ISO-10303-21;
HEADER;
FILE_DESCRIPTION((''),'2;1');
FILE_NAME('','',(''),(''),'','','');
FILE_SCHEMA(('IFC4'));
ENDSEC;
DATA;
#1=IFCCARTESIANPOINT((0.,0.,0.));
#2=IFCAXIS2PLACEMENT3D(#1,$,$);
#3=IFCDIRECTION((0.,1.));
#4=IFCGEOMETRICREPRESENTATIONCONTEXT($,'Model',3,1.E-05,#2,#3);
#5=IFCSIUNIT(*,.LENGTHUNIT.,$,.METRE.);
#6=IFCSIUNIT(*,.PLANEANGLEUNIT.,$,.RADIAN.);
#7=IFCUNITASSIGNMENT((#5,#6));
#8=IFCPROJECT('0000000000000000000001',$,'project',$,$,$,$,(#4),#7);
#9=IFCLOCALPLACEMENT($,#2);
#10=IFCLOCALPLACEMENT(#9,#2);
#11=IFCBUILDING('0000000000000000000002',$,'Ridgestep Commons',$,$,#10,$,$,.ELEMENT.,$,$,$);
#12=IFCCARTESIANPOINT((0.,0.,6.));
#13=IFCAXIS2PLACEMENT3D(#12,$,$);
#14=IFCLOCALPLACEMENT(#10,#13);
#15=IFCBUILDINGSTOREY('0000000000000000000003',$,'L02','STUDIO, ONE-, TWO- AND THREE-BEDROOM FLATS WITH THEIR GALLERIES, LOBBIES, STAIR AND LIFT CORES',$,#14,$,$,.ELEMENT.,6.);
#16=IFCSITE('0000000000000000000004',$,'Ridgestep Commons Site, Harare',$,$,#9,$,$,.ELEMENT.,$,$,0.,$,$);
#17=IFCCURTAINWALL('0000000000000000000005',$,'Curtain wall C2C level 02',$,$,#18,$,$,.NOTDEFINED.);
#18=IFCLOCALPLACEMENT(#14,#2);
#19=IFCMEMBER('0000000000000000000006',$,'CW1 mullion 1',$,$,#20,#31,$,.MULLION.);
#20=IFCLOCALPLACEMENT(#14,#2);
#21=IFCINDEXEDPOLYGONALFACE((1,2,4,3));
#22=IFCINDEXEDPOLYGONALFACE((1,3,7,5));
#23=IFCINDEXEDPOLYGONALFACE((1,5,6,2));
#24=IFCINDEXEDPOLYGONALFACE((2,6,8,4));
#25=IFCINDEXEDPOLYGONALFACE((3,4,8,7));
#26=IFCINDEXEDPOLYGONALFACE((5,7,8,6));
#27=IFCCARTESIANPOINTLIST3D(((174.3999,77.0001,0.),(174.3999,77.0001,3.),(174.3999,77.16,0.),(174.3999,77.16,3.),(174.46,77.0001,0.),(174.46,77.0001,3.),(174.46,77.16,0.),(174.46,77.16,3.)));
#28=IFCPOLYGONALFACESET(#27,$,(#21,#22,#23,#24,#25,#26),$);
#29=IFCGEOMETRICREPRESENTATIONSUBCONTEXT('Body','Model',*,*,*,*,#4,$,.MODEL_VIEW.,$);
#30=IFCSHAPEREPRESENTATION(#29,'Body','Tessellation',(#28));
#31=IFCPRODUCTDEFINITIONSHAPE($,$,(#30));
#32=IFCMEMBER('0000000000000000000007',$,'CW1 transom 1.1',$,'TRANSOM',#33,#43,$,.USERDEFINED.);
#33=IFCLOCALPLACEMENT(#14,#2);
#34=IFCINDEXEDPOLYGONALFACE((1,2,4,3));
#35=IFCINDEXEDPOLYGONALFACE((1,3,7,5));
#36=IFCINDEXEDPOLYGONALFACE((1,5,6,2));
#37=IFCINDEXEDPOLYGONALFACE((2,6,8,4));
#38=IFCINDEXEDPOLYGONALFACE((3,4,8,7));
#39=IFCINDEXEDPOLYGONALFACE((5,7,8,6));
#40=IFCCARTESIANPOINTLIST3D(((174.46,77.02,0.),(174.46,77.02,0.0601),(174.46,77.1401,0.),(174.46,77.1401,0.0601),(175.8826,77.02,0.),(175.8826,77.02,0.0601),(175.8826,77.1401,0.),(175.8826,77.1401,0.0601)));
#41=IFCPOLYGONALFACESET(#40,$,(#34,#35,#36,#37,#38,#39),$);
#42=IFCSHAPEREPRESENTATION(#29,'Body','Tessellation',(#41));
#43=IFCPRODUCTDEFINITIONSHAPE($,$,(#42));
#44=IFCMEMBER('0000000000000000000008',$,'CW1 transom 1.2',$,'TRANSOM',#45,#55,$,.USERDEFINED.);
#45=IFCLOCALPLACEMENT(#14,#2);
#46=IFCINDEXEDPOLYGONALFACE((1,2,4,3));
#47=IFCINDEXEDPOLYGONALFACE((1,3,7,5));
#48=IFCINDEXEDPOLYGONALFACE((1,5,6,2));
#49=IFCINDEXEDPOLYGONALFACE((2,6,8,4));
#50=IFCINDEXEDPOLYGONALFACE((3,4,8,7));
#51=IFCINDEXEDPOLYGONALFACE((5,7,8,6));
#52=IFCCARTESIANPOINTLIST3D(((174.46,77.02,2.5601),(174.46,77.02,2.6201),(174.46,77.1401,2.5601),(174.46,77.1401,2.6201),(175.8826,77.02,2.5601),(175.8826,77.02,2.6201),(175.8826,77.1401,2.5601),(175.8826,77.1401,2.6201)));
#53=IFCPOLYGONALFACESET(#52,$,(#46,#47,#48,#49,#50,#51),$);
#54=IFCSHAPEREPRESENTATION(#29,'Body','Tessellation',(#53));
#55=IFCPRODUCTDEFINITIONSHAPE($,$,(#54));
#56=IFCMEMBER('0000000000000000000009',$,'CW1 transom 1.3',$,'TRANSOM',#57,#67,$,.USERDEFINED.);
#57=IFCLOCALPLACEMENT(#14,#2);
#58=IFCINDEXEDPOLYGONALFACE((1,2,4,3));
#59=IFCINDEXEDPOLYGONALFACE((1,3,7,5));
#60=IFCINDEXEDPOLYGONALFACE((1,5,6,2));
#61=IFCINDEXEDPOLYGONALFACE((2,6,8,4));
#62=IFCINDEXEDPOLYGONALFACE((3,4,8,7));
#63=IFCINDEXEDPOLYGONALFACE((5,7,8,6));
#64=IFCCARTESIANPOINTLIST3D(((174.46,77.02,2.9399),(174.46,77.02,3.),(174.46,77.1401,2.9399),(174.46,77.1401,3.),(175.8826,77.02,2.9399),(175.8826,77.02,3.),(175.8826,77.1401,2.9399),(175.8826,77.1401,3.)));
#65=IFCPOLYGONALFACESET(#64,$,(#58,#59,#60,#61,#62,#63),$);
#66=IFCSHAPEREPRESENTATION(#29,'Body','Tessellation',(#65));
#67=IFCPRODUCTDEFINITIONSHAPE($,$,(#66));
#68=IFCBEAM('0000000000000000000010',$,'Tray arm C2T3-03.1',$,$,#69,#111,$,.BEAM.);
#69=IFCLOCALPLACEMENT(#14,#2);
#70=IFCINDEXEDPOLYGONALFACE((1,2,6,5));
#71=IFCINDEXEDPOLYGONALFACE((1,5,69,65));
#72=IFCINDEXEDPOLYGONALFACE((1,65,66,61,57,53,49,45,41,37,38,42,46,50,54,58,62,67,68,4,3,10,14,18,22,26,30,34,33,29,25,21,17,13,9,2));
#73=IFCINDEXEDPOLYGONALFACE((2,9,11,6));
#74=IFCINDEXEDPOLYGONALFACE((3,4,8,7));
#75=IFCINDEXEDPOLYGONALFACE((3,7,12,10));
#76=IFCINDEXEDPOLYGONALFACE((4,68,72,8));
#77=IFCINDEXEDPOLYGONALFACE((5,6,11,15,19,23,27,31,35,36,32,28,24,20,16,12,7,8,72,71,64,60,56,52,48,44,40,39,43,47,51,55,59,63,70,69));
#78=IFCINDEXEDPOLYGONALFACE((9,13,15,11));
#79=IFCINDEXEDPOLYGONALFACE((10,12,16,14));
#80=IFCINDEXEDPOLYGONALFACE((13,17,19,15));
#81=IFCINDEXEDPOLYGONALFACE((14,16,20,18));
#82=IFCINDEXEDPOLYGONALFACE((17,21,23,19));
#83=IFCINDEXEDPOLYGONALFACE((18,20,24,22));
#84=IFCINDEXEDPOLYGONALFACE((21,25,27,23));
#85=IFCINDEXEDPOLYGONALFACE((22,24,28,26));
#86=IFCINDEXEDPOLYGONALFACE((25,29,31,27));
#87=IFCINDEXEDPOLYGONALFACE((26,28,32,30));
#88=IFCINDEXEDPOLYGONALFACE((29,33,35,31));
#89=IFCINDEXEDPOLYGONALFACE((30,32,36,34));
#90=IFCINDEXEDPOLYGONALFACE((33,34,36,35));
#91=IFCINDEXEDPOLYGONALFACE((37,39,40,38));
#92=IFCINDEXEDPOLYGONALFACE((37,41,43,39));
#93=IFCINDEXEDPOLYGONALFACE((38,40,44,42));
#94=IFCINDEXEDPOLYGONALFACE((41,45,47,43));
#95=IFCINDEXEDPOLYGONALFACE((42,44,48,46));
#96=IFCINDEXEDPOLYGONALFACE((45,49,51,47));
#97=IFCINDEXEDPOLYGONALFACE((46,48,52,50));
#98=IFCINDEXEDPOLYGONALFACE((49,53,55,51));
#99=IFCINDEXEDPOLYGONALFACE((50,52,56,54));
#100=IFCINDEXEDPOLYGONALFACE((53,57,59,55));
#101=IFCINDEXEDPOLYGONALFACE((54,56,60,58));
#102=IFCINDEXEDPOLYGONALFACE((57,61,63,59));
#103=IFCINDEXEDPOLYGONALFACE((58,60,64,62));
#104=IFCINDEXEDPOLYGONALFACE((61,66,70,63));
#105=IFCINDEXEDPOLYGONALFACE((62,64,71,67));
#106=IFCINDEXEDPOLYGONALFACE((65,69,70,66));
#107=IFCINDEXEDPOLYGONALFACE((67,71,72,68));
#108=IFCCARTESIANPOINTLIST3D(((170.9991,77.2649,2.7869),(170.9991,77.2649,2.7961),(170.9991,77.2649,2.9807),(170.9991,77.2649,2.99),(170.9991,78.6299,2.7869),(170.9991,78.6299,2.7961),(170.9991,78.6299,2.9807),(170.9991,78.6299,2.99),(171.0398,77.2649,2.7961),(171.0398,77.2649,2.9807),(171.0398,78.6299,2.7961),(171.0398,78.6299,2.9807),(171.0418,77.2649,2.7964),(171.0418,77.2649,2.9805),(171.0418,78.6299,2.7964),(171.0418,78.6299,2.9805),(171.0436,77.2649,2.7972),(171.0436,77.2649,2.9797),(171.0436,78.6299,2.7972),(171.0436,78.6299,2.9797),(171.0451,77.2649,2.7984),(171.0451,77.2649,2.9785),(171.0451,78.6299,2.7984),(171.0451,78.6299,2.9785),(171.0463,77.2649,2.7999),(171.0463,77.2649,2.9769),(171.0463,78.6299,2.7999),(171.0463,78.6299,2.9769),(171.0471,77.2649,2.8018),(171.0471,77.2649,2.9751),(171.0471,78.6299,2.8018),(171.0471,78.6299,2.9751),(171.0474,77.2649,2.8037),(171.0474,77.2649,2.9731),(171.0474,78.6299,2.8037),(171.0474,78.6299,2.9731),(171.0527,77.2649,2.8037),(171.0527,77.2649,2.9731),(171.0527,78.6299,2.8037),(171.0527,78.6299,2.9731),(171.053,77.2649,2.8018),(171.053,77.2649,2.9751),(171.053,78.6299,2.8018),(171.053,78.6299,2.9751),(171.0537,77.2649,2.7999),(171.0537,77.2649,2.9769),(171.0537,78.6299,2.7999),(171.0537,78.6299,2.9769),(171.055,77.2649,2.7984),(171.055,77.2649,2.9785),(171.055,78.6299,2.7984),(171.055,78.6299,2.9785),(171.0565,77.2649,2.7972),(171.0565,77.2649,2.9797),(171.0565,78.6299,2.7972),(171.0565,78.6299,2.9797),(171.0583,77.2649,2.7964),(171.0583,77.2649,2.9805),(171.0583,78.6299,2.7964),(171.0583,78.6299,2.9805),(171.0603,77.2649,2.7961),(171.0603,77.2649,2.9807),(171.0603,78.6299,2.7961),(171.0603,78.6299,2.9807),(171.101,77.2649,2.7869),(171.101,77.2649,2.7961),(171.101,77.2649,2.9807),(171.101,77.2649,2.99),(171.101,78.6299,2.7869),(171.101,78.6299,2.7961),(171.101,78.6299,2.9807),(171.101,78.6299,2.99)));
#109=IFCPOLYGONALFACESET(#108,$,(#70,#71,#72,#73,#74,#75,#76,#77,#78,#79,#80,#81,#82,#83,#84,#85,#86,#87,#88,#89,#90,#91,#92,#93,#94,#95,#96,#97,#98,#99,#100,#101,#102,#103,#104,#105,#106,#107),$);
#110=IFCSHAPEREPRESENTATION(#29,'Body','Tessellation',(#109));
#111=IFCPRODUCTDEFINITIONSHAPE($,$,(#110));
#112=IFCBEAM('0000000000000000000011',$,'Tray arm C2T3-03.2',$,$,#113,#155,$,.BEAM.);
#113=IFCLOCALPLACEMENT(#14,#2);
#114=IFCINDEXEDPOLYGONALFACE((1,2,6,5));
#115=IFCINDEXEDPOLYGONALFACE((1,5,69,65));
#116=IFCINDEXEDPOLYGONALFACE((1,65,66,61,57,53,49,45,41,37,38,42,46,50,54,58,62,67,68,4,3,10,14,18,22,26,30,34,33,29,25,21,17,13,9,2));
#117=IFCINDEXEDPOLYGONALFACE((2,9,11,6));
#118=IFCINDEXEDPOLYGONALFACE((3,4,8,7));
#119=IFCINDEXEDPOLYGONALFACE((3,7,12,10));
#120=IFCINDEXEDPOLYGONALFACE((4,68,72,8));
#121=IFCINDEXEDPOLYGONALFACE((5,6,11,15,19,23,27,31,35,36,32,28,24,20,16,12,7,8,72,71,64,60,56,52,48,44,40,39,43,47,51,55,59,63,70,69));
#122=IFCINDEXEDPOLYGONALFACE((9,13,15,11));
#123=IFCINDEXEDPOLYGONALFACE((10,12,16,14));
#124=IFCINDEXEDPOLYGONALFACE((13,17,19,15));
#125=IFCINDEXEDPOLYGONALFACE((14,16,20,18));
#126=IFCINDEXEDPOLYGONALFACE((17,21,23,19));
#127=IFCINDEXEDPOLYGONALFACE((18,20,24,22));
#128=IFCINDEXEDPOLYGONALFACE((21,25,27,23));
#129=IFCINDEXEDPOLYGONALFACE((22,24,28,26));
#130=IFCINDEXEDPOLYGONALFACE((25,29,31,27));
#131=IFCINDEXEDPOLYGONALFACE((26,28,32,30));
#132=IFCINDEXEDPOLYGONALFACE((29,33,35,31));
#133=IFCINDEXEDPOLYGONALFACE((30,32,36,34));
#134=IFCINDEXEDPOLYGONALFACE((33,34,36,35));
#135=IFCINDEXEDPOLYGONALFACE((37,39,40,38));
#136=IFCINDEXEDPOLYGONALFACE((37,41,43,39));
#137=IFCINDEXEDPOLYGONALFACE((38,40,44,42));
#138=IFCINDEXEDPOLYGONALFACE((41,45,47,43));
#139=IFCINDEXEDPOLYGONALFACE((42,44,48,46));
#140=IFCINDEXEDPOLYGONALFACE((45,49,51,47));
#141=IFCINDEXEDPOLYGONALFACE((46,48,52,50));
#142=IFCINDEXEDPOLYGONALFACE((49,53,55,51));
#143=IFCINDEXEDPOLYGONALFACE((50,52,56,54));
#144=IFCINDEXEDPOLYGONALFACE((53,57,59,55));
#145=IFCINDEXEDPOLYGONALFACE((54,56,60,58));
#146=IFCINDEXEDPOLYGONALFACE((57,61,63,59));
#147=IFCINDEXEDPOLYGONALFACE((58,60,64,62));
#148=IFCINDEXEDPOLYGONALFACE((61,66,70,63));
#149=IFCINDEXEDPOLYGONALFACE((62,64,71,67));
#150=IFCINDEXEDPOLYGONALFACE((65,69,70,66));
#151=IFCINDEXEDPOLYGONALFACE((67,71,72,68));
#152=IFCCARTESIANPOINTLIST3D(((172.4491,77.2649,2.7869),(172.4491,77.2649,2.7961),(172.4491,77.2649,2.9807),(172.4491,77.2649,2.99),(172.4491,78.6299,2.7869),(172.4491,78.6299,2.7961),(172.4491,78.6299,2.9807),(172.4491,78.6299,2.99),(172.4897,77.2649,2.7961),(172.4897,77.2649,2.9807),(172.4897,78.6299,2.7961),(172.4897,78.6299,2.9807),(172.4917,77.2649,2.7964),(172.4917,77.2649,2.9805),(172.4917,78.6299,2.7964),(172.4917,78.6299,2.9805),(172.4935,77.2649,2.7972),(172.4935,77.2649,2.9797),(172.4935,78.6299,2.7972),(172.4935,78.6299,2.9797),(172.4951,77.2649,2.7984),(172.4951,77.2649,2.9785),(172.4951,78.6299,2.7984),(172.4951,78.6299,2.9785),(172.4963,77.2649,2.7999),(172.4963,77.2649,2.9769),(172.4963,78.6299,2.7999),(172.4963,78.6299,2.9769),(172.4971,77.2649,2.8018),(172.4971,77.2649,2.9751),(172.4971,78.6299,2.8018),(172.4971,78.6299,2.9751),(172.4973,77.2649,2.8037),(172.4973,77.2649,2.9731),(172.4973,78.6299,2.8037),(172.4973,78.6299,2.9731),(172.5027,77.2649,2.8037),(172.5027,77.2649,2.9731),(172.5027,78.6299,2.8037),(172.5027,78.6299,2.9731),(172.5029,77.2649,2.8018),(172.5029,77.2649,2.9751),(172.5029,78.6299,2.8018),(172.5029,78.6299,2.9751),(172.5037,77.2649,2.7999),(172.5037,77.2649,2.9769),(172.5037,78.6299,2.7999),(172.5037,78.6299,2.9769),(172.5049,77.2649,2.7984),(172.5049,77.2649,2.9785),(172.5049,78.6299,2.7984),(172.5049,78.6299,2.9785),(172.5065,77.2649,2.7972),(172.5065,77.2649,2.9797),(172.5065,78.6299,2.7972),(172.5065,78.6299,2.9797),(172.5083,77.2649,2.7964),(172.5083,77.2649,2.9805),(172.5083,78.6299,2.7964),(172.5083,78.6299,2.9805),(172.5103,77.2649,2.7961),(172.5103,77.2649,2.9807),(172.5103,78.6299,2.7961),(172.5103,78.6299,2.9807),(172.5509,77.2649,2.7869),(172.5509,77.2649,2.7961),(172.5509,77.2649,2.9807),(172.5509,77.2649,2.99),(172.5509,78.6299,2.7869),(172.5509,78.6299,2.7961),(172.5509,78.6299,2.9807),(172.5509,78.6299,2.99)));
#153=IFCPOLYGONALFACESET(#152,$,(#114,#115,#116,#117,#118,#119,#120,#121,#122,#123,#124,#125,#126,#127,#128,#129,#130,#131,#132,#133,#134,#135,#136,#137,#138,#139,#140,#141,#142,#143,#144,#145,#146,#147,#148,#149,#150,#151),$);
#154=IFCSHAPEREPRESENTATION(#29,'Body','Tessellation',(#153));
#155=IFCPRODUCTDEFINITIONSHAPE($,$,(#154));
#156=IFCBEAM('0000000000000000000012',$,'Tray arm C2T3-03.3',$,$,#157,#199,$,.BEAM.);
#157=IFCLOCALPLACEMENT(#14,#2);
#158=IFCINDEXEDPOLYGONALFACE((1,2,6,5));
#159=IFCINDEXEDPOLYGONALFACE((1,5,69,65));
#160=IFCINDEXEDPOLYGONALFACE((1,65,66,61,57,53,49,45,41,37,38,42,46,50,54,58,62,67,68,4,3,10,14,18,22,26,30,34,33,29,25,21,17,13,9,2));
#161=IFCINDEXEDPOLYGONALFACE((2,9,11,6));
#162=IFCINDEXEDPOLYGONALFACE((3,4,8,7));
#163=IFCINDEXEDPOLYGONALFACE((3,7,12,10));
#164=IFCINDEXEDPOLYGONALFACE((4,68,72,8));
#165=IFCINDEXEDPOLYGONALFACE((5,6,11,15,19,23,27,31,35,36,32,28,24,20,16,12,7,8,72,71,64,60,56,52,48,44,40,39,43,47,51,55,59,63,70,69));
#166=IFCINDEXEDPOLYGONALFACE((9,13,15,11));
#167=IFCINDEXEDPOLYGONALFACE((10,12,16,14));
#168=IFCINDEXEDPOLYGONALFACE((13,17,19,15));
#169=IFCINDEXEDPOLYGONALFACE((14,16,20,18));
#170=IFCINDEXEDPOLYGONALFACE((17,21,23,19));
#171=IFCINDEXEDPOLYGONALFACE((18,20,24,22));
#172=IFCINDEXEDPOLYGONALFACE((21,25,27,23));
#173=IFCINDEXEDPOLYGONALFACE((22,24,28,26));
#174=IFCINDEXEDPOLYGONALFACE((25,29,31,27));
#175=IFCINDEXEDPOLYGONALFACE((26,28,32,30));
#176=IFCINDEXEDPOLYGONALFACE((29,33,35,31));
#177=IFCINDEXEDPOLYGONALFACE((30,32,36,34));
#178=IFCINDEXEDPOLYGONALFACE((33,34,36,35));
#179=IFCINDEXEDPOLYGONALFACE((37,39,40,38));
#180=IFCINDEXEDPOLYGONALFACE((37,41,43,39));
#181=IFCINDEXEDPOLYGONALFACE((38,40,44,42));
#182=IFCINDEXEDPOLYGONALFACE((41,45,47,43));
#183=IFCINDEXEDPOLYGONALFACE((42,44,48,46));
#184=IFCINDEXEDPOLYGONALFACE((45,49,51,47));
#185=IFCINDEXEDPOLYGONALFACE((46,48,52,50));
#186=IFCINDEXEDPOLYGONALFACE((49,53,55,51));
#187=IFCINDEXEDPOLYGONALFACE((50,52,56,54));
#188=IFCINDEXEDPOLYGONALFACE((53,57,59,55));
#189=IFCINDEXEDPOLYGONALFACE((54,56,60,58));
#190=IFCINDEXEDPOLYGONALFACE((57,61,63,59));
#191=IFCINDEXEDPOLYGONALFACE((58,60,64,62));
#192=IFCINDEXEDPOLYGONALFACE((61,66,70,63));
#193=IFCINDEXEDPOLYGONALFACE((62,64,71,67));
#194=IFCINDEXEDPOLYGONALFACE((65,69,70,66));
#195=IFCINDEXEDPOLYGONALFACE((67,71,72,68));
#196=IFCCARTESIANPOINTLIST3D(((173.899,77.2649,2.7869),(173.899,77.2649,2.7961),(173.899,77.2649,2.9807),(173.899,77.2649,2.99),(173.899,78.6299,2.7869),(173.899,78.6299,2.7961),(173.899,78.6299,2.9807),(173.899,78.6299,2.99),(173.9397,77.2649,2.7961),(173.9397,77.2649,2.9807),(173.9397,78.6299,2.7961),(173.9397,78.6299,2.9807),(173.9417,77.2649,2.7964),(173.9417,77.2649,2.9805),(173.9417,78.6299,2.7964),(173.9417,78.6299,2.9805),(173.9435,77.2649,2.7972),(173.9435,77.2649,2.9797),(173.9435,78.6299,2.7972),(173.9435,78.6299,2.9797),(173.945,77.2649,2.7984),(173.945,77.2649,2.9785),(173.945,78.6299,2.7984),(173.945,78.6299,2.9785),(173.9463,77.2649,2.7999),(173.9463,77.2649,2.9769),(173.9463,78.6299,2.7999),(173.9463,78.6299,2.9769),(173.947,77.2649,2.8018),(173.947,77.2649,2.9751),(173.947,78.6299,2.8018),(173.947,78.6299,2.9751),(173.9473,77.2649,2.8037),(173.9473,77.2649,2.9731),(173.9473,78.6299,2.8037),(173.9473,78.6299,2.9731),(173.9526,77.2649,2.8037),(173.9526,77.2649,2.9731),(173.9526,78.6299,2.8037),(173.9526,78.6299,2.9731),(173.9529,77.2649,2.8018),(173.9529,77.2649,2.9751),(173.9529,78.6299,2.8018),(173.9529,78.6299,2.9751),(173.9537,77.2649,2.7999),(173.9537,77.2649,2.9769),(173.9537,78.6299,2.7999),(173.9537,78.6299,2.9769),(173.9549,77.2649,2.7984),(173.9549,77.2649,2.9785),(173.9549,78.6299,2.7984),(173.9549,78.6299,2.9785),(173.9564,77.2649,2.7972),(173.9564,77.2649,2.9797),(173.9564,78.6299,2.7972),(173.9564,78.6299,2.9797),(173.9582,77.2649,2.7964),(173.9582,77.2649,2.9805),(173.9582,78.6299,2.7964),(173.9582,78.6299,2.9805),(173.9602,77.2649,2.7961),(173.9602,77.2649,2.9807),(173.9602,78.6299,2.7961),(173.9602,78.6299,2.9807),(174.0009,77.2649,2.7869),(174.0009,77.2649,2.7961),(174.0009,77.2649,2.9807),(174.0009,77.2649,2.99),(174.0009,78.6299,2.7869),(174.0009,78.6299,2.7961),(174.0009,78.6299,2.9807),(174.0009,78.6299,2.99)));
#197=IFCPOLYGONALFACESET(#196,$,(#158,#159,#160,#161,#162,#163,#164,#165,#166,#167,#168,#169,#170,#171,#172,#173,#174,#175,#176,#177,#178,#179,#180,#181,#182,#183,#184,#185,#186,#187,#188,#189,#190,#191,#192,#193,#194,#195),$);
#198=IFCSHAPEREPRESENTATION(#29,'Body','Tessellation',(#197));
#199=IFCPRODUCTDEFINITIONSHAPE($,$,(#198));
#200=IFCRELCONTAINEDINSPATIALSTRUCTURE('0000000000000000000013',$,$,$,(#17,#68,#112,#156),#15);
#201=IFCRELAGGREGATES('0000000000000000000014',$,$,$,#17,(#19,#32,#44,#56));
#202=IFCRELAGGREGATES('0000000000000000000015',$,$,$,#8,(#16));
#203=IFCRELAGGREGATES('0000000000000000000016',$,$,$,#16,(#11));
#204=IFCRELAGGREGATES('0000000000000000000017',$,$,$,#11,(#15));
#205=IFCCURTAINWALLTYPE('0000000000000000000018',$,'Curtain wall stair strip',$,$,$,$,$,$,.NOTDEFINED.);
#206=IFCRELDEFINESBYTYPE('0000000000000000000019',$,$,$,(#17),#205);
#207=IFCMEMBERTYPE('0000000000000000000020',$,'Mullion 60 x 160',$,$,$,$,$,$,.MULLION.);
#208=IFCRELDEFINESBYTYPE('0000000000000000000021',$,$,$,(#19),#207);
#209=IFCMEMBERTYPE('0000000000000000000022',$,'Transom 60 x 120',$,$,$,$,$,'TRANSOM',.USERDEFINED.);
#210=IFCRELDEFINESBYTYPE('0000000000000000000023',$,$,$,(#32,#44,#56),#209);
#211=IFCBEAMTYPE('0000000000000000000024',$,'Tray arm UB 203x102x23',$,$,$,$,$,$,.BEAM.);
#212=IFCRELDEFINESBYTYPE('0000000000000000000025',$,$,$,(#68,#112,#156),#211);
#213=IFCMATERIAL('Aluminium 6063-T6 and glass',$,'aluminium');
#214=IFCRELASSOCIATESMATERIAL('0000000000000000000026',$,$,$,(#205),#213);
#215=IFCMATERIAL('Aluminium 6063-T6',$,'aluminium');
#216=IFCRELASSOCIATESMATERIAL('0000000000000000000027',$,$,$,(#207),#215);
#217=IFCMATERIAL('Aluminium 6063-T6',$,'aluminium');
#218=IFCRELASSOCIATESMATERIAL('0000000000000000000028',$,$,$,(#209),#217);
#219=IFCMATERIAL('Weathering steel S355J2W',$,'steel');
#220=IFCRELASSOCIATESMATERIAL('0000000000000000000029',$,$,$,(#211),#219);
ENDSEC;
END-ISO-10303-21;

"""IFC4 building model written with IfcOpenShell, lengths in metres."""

from ifc_helpers import new_model, si_unit, direction, frame, origin, origin_2d, place, context, subcontext, project, spatial, rectangle, i_section, extrude, material, material_profile, profile_set, type_object, element, aggregate, save


model = new_model("IFC4")

# Units and contexts
model_context = context("Model", 3, precision=1e-05, world=origin(), true_north=direction((0.0, 1.0)))
body_context = subcontext(model_context, "Body", "Model", "MODEL_VIEW")
ifc_project = project(units=[si_unit("LENGTHUNIT", "METRE"), si_unit("PLANEANGLEUNIT", "RADIAN")], contexts=[model_context])

# Site, building, storey
site_placement = place(None, origin())
site = spatial("IfcSite", under=ifc_project, at=site_placement, Name="Ridgestep Commons Site, Harare", CompositionType="ELEMENT", RefElevation=0.0)
building_placement = place(site_placement, origin())
building = spatial("IfcBuilding", under=site, at=building_placement, Name="Ridgestep Commons", CompositionType="ELEMENT")
storey_placement = place(building_placement, frame((0.0, 0.0, 6.0)))
storey = spatial("IfcBuildingStorey", under=building, at=storey_placement, Name="L02", Description="STUDIO, ONE-, TWO- AND THREE-BEDROOM FLATS WITH THEIR GALLERIES, LOBBIES, STAIR AND LIFT CORES", CompositionType="ELEMENT", Elevation=6.0)

# Curtain wall, members
ifc_material_1 = material(Name="Aluminium 6063-T6 and glass", Category="aluminium")
curtain_wall_type = type_object("IfcCurtainWallType", Name="Curtain wall stair strip", PredefinedType="NOTDEFINED", material=ifc_material_1)
curtain_wall_placement = place(storey_placement, origin())
curtain_wall = element("IfcCurtainWall", 1, at=curtain_wall_placement, inside=storey, type_object=curtain_wall_type, Name="Curtain wall C2C level 02", PredefinedType="NOTDEFINED")
ifc_material_2 = material(Name="Aluminium 6063-T6", Category="aluminium")
ifc_material_profile_1 = material_profile(ifc_material_2, rectangle(XDim=0.1599, YDim=0.0601, at=origin_2d()), Name="Mullion 60 x 160")
ifc_profile_set_1 = profile_set([ifc_material_profile_1], Name="Aluminium 6063-T6")
member_type_1 = type_object("IfcMemberType", Name="Mullion 60 x 160", PredefinedType="MULLION", material=ifc_profile_set_1)
member_1_placement = place(storey_placement, frame((174.4299, 77.0801, 0.0), z_axis=(0.0, 0.0, 1.0), x_axis=(0.0, 1.0, 0.0)))
member_1 = element("IfcMember", 2, at=member_1_placement, type_object=member_type_1, Name="CW1 mullion 1", PredefinedType="MULLION", context=body_context, shape_type="SweptSolid", body=[
    extrude(rectangle(XDim=0.1599, YDim=0.0601, at=origin_2d()), origin(), (0.0, 0.0, 1.0), 3.0),
])
ifc_material_3 = material(Name="Aluminium 6063-T6", Category="aluminium")
ifc_material_profile_2 = material_profile(ifc_material_3, rectangle(XDim=0.1201, YDim=0.0601, at=origin_2d()), Name="Transom 60 x 120")
ifc_profile_set_2 = profile_set([ifc_material_profile_2], Name="Aluminium 6063-T6")
member_type_2 = type_object("IfcMemberType", Name="Transom 60 x 120", ElementType="TRANSOM", PredefinedType="USERDEFINED", material=ifc_profile_set_2)
member_2_placement = place(storey_placement, frame((174.46, 77.0801, 0.03), z_axis=(1.0, 0.0, 0.0), x_axis=(0.0, 1.0, 0.0)))
member_2 = element("IfcMember", 3, at=member_2_placement, type_object=member_type_2, Name="CW1 transom 1.1", ObjectType="TRANSOM", PredefinedType="USERDEFINED", context=body_context, shape_type="SweptSolid", body=[
    extrude(rectangle(XDim=0.1201, YDim=0.0601, at=origin_2d()), origin(), (0.0, 0.0, 1.0), 1.4226),
])
member_3_placement = place(storey_placement, frame((174.46, 77.0801, 2.5901), z_axis=(1.0, 0.0, 0.0), x_axis=(0.0, 1.0, 0.0)))
member_3 = element("IfcMember", 4, at=member_3_placement, type_object=member_type_2, Name="CW1 transom 1.2", ObjectType="TRANSOM", PredefinedType="USERDEFINED", context=body_context, shape_type="SweptSolid", body=[
    extrude(rectangle(XDim=0.1201, YDim=0.0601, at=origin_2d()), origin(), (0.0, 0.0, 1.0), 1.4226),
])
member_4_placement = place(storey_placement, frame((174.46, 77.0801, 2.97), z_axis=(1.0, 0.0, 0.0), x_axis=(0.0, 1.0, 0.0)))
member_4 = element("IfcMember", 5, at=member_4_placement, type_object=member_type_2, Name="CW1 transom 1.3", ObjectType="TRANSOM", PredefinedType="USERDEFINED", context=body_context, shape_type="SweptSolid", body=[
    extrude(rectangle(XDim=0.1201, YDim=0.0601, at=origin_2d()), origin(), (0.0, 0.0, 1.0), 1.4226),
])
aggregate(curtain_wall, [member_1, member_2, member_3, member_4])

# Beams
ifc_material_4 = material(Name="Weathering steel S355J2W", Category="steel")
ifc_material_profile_3 = material_profile(ifc_material_4, i_section(OverallWidth=0.1018, OverallDepth=0.2031, WebThickness=0.0054, FlangeThickness=0.0093, FilletRadius=0.0076, at=origin_2d()), Name="UB 203x102x23")
ifc_profile_set_3 = profile_set([ifc_material_profile_3], Name="Weathering steel S355J2W")
beam_type_1 = type_object("IfcBeamType", Name="Tray arm UB 203x102x23", PredefinedType="BEAM", material=ifc_profile_set_3)
for number, where, z_axis, x_axis, name in (
    (6, (171.05, 77.2649, 2.8884), (0.0, 1.0, 0.0), (-1.0, 0.0, 0.0), "Tray arm C2T3-03.1"),
    (7, (172.5, 77.2649, 2.8884), (0.0, 1.0, 0.0), (-1.0, 0.0, 0.0), "Tray arm C2T3-03.2"),
    (8, (173.95, 77.2649, 2.8884), (0.0, 1.0, 0.0), (-1.0, 0.0, 0.0), "Tray arm C2T3-03.3"),
):
    element("IfcBeam", number, at=place(storey_placement, frame(where, z_axis=z_axis, x_axis=x_axis)), inside=storey, type_object=beam_type_1, Name=name, PredefinedType="BEAM", context=body_context, shape_type="SweptSolid", body=[
        extrude(i_section(OverallWidth=0.1018, OverallDepth=0.2031, WebThickness=0.0054, FlangeThickness=0.0093, FilletRadius=0.0076, at=origin_2d()), origin(), (0.0, 0.0, 1.0), 1.365),
    ])

save(model, "model.ifc")
